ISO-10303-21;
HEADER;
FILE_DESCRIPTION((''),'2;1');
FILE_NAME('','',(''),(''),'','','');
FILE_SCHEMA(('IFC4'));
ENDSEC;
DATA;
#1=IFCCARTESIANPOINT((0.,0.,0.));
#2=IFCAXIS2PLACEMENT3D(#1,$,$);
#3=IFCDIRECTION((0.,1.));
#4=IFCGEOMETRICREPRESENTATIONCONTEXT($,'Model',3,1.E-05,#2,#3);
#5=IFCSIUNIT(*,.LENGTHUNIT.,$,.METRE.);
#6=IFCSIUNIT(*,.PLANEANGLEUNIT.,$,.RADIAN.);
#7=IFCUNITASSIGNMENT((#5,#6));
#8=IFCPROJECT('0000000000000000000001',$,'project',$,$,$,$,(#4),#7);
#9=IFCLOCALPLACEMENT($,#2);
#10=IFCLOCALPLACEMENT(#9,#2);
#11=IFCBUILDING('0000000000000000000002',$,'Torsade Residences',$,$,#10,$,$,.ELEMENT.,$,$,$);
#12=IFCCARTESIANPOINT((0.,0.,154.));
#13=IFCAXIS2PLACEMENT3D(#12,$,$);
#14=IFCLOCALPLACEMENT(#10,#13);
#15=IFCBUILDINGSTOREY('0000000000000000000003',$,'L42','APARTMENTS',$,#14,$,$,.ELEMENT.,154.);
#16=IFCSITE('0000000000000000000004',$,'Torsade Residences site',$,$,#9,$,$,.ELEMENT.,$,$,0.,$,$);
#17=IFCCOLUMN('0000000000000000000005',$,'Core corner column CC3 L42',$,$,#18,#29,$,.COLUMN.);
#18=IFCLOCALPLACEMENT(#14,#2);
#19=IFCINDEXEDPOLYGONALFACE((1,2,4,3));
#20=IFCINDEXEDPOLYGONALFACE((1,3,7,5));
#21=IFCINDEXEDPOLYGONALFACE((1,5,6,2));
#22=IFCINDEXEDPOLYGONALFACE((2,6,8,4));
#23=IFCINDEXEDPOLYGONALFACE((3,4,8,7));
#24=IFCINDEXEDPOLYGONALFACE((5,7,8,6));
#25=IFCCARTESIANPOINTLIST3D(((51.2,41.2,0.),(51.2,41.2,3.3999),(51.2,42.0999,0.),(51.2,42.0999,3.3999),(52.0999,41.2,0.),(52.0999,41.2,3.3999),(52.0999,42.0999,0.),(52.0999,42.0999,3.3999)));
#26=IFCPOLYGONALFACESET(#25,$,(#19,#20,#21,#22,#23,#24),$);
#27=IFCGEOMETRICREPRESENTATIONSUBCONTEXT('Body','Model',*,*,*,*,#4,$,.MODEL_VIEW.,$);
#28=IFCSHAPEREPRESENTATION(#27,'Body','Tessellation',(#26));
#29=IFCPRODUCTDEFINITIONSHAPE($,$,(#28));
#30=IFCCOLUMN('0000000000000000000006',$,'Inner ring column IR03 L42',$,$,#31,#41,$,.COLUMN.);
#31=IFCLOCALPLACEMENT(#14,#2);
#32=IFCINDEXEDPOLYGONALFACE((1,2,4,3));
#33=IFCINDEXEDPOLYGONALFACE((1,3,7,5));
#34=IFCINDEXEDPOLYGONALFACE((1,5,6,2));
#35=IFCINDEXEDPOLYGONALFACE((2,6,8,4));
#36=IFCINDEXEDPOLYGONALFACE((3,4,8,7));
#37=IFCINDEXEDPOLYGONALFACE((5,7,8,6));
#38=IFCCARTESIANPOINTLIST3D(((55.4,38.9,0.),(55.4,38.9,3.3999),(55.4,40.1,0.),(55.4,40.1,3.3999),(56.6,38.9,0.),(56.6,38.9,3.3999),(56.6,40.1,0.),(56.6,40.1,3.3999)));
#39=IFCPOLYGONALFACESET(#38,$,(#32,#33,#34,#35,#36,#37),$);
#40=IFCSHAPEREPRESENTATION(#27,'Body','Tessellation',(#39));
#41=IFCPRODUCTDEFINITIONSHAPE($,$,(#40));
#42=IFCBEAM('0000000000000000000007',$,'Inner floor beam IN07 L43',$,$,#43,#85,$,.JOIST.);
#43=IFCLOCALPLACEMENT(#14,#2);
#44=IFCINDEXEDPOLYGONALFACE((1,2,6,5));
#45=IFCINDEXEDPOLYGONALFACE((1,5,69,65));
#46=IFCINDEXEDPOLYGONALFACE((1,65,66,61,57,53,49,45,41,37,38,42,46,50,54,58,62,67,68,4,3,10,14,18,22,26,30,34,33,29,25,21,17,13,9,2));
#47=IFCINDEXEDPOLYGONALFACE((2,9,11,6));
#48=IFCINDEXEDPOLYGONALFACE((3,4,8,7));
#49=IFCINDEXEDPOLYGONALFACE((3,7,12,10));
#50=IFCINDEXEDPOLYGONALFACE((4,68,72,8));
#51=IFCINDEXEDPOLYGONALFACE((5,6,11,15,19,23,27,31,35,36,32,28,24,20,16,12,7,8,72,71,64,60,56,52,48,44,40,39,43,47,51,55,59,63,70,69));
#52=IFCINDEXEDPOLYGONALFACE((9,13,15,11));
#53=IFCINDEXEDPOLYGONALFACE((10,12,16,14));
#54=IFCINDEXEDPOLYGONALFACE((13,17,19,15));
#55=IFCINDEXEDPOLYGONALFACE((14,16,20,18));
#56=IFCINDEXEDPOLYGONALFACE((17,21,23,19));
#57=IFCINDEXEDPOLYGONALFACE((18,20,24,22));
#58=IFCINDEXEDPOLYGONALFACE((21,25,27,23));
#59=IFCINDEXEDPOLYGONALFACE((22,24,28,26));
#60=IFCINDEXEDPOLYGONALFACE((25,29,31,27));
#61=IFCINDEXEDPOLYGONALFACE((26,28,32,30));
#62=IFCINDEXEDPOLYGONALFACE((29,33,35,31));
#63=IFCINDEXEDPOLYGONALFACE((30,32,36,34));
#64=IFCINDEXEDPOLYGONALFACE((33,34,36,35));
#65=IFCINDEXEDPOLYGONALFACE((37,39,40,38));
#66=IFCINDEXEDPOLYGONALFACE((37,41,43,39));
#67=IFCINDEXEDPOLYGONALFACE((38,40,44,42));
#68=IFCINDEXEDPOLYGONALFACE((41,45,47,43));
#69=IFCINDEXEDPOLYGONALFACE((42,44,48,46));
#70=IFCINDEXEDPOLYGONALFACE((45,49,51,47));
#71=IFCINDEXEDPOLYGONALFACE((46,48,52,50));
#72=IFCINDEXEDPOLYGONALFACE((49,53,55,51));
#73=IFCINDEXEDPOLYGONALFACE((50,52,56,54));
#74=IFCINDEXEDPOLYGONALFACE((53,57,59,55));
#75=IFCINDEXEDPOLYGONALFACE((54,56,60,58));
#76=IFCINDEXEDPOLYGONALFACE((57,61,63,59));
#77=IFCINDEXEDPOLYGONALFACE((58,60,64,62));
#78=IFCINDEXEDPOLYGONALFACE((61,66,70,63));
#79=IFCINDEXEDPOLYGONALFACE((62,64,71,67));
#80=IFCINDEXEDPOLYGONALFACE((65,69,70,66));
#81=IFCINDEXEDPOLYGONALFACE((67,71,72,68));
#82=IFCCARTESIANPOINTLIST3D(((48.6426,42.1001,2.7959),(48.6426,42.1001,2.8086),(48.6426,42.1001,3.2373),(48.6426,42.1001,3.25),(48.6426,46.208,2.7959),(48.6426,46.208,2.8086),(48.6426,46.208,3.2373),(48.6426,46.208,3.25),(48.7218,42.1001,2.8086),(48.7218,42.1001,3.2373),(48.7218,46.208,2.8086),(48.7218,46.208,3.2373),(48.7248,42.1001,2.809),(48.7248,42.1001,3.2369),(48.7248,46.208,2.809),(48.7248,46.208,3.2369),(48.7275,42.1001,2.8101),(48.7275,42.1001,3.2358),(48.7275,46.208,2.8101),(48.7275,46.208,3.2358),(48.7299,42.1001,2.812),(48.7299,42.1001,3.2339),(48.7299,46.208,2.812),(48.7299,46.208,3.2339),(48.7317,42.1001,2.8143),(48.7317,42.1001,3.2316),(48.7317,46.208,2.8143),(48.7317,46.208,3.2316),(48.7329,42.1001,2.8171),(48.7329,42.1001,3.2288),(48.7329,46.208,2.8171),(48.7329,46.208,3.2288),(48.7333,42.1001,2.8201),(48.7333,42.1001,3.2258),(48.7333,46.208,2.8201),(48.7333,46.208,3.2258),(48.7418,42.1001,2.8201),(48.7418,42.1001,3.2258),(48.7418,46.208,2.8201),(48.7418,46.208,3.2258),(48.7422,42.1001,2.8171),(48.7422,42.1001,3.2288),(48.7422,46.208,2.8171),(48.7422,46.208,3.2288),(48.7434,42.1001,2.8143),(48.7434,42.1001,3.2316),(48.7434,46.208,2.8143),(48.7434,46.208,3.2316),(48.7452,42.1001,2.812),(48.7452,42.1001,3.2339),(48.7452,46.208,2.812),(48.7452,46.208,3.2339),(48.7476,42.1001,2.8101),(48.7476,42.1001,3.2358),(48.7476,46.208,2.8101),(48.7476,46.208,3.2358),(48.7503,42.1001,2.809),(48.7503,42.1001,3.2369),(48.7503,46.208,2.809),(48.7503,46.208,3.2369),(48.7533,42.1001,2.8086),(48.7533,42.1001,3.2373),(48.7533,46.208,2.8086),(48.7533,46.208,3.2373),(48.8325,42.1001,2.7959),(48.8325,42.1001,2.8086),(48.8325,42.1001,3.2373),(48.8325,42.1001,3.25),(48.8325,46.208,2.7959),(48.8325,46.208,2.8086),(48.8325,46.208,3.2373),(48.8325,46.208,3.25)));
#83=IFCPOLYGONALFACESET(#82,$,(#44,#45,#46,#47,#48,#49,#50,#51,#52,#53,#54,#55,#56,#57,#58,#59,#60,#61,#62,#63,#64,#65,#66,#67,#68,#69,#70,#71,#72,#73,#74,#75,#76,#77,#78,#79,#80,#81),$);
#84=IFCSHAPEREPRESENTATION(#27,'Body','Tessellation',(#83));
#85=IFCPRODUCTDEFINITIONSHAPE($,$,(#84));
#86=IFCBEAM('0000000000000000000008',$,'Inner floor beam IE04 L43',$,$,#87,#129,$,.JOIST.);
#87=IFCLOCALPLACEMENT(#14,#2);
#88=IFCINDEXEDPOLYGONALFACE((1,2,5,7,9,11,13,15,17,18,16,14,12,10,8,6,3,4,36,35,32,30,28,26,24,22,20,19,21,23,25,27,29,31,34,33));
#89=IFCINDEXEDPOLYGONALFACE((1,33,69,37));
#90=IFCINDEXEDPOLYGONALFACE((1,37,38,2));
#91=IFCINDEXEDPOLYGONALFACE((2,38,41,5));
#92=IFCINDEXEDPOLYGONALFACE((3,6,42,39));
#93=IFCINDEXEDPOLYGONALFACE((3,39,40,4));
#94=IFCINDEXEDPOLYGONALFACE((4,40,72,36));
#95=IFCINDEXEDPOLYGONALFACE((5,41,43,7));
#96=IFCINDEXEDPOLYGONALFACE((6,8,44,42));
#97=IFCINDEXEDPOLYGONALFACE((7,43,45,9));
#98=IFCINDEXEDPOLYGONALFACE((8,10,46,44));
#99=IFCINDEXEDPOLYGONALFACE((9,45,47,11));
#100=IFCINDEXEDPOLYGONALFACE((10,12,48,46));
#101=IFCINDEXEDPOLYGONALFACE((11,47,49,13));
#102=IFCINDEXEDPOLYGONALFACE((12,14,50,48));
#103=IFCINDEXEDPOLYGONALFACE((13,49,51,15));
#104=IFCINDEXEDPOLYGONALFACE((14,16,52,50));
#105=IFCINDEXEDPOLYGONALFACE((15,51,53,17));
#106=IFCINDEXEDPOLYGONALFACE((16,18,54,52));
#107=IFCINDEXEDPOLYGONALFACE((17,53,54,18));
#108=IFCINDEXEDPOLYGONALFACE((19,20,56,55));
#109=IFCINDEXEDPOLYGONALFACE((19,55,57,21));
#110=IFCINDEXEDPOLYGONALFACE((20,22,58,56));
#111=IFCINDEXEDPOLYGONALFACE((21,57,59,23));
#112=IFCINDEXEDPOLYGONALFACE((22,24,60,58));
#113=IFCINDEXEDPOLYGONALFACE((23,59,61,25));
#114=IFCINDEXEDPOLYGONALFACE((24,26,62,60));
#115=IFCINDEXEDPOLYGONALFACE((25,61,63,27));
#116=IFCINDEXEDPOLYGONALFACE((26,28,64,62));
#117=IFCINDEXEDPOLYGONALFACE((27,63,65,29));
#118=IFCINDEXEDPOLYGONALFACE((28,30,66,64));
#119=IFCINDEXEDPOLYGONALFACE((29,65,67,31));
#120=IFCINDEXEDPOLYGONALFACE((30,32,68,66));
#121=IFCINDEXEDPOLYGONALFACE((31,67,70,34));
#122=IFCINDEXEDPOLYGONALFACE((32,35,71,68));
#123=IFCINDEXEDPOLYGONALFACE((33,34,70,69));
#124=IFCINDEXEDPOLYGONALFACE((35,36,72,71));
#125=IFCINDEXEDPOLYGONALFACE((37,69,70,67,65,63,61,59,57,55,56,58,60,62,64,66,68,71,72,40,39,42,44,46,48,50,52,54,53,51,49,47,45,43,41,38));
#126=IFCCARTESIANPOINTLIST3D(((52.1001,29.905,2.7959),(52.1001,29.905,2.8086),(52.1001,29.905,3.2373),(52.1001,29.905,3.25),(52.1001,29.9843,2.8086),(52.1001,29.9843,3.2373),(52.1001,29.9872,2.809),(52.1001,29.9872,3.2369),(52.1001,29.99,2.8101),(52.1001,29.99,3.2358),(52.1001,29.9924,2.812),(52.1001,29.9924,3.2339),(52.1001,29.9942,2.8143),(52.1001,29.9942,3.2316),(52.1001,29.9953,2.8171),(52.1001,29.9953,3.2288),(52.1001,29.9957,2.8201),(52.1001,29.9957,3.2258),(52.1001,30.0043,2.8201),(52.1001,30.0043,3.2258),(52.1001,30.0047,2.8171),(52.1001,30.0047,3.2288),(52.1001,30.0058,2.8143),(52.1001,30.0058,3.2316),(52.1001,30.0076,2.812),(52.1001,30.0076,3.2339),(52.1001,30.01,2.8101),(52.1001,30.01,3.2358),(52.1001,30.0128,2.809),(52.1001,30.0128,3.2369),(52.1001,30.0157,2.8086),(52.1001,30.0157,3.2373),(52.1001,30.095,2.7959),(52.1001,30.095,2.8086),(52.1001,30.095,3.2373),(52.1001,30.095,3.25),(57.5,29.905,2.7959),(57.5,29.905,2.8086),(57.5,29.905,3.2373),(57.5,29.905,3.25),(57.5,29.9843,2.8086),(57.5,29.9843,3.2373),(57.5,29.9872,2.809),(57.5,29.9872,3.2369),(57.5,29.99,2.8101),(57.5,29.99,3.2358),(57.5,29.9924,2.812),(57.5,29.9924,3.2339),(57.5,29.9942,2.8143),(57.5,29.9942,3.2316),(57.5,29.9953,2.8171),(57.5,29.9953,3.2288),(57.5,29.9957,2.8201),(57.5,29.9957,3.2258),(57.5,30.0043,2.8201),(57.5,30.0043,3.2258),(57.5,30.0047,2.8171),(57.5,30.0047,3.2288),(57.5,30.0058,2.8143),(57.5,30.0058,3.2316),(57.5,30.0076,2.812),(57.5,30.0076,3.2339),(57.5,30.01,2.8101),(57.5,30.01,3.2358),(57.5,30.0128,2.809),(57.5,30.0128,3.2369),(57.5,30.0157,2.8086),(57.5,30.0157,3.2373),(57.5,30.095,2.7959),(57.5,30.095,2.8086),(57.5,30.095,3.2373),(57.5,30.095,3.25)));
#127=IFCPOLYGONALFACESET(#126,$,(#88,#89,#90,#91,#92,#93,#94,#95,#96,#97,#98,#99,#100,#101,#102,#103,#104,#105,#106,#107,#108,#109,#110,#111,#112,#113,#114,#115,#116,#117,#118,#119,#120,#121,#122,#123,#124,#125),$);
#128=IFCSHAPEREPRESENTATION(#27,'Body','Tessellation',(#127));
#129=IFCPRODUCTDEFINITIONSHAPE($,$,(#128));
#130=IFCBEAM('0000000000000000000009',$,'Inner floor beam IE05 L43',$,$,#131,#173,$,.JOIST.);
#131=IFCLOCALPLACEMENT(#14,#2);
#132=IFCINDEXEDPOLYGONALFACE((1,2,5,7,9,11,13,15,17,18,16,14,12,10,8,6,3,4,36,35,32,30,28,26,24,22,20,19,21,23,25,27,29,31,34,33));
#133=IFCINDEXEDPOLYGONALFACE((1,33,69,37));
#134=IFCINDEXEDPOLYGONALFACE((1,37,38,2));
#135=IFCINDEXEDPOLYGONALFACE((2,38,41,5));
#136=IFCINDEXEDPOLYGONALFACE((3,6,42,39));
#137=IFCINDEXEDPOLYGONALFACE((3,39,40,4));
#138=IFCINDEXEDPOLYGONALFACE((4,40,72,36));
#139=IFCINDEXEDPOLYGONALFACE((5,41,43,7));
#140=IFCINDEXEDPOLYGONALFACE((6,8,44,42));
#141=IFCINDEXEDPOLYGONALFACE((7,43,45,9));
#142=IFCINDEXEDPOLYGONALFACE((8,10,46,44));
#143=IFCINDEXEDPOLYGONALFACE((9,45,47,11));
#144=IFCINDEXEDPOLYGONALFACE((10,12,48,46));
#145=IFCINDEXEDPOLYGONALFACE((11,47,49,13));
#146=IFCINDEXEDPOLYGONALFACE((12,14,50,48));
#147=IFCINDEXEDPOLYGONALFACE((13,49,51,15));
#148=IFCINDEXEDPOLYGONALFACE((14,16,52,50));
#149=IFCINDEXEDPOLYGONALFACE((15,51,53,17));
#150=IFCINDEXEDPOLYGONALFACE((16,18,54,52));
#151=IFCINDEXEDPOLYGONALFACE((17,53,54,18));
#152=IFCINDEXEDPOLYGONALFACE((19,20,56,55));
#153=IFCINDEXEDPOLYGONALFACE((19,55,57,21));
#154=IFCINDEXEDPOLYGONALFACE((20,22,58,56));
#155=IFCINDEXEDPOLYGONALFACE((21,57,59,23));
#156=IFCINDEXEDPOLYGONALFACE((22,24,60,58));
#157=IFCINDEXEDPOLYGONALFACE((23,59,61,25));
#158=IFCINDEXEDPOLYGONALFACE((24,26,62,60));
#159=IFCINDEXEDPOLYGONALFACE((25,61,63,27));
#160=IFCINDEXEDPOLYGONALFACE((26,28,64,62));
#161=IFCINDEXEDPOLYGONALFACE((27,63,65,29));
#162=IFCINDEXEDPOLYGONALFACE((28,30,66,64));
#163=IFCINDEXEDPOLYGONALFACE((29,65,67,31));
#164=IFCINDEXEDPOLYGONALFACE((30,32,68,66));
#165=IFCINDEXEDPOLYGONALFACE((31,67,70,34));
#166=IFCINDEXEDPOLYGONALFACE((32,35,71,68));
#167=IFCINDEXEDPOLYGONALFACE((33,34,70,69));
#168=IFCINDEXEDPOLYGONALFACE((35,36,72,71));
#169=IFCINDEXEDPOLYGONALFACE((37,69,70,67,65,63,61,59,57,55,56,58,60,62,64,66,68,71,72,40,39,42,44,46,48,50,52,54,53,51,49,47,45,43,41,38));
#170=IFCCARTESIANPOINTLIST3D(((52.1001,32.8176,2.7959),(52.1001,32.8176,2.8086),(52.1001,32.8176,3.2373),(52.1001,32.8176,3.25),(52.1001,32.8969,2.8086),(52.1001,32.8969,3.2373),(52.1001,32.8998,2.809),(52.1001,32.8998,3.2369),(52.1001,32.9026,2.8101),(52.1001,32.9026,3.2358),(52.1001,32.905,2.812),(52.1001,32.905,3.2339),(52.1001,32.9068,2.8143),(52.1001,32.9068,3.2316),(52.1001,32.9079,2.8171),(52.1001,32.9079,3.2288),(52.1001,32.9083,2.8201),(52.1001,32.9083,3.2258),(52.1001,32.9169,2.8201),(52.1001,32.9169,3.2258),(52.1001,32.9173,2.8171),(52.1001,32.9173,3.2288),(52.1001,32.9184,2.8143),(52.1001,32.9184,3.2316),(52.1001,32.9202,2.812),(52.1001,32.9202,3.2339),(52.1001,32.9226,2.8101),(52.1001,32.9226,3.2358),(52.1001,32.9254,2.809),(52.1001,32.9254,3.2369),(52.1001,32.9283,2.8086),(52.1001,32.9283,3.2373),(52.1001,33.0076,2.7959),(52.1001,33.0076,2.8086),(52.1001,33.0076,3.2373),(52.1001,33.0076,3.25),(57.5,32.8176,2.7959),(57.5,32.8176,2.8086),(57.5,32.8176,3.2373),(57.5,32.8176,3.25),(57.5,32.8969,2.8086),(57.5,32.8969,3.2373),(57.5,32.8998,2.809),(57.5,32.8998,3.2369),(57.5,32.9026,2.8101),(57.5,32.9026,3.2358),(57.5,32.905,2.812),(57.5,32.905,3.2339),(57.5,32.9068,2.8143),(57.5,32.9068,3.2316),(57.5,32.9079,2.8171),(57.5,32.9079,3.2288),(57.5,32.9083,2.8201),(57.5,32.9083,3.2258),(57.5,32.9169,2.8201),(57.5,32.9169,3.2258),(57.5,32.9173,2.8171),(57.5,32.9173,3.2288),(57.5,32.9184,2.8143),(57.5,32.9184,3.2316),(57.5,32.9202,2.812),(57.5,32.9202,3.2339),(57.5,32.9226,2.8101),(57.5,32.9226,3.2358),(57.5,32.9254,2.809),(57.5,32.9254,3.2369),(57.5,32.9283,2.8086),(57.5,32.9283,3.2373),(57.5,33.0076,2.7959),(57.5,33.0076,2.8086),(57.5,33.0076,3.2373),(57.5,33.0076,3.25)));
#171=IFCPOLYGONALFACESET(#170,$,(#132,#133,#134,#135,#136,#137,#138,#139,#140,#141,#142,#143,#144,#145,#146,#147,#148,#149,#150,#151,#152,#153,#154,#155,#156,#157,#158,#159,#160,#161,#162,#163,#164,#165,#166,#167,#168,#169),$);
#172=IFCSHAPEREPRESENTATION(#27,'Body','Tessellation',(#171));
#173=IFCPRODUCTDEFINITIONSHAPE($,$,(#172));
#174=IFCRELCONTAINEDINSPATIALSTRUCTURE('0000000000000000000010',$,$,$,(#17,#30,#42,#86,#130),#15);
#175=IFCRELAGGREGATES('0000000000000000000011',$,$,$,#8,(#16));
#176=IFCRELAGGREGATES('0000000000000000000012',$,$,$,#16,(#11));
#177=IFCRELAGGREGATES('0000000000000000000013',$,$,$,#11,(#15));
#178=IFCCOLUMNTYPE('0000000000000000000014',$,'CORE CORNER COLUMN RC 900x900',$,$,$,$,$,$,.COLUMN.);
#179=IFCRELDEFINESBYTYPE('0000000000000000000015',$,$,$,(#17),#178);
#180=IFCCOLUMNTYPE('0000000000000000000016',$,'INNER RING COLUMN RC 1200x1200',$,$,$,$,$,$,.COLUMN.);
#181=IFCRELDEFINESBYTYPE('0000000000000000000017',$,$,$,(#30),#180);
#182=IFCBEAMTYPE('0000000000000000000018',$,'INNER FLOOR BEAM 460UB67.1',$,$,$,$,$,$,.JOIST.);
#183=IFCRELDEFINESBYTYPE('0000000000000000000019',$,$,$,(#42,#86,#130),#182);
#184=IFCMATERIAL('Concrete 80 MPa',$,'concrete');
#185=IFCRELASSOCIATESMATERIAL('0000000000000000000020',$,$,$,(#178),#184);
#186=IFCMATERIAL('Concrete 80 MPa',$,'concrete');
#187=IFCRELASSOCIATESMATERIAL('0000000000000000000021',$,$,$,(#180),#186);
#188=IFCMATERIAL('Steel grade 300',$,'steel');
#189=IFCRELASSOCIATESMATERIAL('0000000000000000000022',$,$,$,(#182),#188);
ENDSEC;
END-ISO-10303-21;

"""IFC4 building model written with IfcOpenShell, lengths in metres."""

from ifc_helpers import new_model, si_unit, direction, frame, origin, origin_2d, place, context, subcontext, project, spatial, rectangle, i_section, extrude, material, material_profile, profile_set, type_object, element, save


model = new_model("IFC4")

# Units and contexts
model_context = context("Model", 3, precision=1e-05, world=origin(), true_north=direction((0.0, 1.0)))
body_context = subcontext(model_context, "Body", "Model", "MODEL_VIEW")
ifc_project = project(units=[si_unit("LENGTHUNIT", "METRE"), si_unit("PLANEANGLEUNIT", "RADIAN")], contexts=[model_context])

# Site, building, storey
site_placement = place(None, origin())
site = spatial("IfcSite", under=ifc_project, at=site_placement, Name="Torsade Residences site", CompositionType="ELEMENT", RefElevation=0.0)
building_placement = place(site_placement, origin())
building = spatial("IfcBuilding", under=site, at=building_placement, Name="Torsade Residences", CompositionType="ELEMENT")
storey_placement = place(building_placement, frame((0.0, 0.0, 154.0)))
storey = spatial("IfcBuildingStorey", under=building, at=storey_placement, Name="L42", Description="APARTMENTS", CompositionType="ELEMENT", Elevation=154.0)

# Columns
ifc_material_1 = material(Name="Concrete 80 MPa", Category="concrete")
ifc_material_profile_1 = material_profile(ifc_material_1, rectangle(XDim=0.8999, YDim=0.8999, at=origin_2d()), Name="RC 900x900")
ifc_profile_set_1 = profile_set([ifc_material_profile_1], Name="Concrete 80 MPa")
column_type_1 = type_object("IfcColumnType", Name="CORE CORNER COLUMN RC 900x900", PredefinedType="COLUMN", material=ifc_profile_set_1)
column_1_placement = place(storey_placement, frame((51.6499, 41.6499, 0.0), z_axis=(0.0, 0.0, 1.0), x_axis=(1.0, 0.0, 0.0)))
element("IfcColumn", 1, at=column_1_placement, inside=storey, type_object=column_type_1, Name="Core corner column CC3 L42", PredefinedType="COLUMN", context=body_context, shape_type="SweptSolid", body=[
    extrude(rectangle(XDim=0.8999, YDim=0.8999, at=origin_2d()), origin(), (0.0, 0.0, 1.0), 3.3999),
])
ifc_material_2 = material(Name="Concrete 80 MPa", Category="concrete")
ifc_material_profile_2 = material_profile(ifc_material_2, rectangle(XDim=1.2, YDim=1.2, at=origin_2d()), Name="RC 1200x1200")
ifc_profile_set_2 = profile_set([ifc_material_profile_2], Name="Concrete 80 MPa")
column_type_2 = type_object("IfcColumnType", Name="INNER RING COLUMN RC 1200x1200", PredefinedType="COLUMN", material=ifc_profile_set_2)
column_2_placement = place(storey_placement, frame((56.0, 39.5, 0.0), z_axis=(0.0, 0.0, 1.0), x_axis=(1.0, 0.0, 0.0)))
element("IfcColumn", 2, at=column_2_placement, inside=storey, type_object=column_type_2, Name="Inner ring column IR03 L42", PredefinedType="COLUMN", context=body_context, shape_type="SweptSolid", body=[
    extrude(rectangle(XDim=1.2, YDim=1.2, at=origin_2d()), origin(), (0.0, 0.0, 1.0), 3.3999),
])

# Beams
ifc_material_3 = material(Name="Steel grade 300", Category="steel")
ifc_material_profile_3 = material_profile(ifc_material_3, i_section(OverallWidth=0.1899, OverallDepth=0.4541, WebThickness=0.0085, FlangeThickness=0.0127, FilletRadius=0.0115, at=origin_2d()), Name="460UB67.1")
ifc_profile_set_3 = profile_set([ifc_material_profile_3], Name="Steel grade 300")
beam_type_1 = type_object("IfcBeamType", Name="INNER FLOOR BEAM 460UB67.1", PredefinedType="JOIST", material=ifc_profile_set_3)
beam_1_placement = place(storey_placement, frame((48.7375, 42.1001, 3.0229), z_axis=(0.0, 1.0, 0.0), x_axis=(-1.0, 0.0, 0.0)))
element("IfcBeam", 3, at=beam_1_placement, inside=storey, type_object=beam_type_1, Name="Inner floor beam IN07 L43", PredefinedType="JOIST", context=body_context, shape_type="SweptSolid", body=[
    extrude(i_section(OverallWidth=0.1899, OverallDepth=0.4541, WebThickness=0.0085, FlangeThickness=0.0127, FilletRadius=0.0115, at=origin_2d()), origin(), (0.0, 0.0, 1.0), 4.1079),
])
for number, where, z_axis, x_axis, name in (
    (4, (52.1001, 30.0, 3.0229), (1.0, 0.0, 0.0), (0.0, 1.0, 0.0), "Inner floor beam IE04 L43"),
    (5, (52.1001, 32.9126, 3.0229), (1.0, 0.0, 0.0), (0.0, 1.0, 0.0), "Inner floor beam IE05 L43"),
):
    element("IfcBeam", number, at=place(storey_placement, frame(where, z_axis=z_axis, x_axis=x_axis)), inside=storey, type_object=beam_type_1, Name=name, PredefinedType="JOIST", context=body_context, shape_type="SweptSolid", body=[
        extrude(i_section(OverallWidth=0.1899, OverallDepth=0.4541, WebThickness=0.0085, FlangeThickness=0.0127, FilletRadius=0.0115, at=origin_2d()), origin(), (0.0, 0.0, 1.0), 5.3999),
    ])

save(model, "model.ifc")
